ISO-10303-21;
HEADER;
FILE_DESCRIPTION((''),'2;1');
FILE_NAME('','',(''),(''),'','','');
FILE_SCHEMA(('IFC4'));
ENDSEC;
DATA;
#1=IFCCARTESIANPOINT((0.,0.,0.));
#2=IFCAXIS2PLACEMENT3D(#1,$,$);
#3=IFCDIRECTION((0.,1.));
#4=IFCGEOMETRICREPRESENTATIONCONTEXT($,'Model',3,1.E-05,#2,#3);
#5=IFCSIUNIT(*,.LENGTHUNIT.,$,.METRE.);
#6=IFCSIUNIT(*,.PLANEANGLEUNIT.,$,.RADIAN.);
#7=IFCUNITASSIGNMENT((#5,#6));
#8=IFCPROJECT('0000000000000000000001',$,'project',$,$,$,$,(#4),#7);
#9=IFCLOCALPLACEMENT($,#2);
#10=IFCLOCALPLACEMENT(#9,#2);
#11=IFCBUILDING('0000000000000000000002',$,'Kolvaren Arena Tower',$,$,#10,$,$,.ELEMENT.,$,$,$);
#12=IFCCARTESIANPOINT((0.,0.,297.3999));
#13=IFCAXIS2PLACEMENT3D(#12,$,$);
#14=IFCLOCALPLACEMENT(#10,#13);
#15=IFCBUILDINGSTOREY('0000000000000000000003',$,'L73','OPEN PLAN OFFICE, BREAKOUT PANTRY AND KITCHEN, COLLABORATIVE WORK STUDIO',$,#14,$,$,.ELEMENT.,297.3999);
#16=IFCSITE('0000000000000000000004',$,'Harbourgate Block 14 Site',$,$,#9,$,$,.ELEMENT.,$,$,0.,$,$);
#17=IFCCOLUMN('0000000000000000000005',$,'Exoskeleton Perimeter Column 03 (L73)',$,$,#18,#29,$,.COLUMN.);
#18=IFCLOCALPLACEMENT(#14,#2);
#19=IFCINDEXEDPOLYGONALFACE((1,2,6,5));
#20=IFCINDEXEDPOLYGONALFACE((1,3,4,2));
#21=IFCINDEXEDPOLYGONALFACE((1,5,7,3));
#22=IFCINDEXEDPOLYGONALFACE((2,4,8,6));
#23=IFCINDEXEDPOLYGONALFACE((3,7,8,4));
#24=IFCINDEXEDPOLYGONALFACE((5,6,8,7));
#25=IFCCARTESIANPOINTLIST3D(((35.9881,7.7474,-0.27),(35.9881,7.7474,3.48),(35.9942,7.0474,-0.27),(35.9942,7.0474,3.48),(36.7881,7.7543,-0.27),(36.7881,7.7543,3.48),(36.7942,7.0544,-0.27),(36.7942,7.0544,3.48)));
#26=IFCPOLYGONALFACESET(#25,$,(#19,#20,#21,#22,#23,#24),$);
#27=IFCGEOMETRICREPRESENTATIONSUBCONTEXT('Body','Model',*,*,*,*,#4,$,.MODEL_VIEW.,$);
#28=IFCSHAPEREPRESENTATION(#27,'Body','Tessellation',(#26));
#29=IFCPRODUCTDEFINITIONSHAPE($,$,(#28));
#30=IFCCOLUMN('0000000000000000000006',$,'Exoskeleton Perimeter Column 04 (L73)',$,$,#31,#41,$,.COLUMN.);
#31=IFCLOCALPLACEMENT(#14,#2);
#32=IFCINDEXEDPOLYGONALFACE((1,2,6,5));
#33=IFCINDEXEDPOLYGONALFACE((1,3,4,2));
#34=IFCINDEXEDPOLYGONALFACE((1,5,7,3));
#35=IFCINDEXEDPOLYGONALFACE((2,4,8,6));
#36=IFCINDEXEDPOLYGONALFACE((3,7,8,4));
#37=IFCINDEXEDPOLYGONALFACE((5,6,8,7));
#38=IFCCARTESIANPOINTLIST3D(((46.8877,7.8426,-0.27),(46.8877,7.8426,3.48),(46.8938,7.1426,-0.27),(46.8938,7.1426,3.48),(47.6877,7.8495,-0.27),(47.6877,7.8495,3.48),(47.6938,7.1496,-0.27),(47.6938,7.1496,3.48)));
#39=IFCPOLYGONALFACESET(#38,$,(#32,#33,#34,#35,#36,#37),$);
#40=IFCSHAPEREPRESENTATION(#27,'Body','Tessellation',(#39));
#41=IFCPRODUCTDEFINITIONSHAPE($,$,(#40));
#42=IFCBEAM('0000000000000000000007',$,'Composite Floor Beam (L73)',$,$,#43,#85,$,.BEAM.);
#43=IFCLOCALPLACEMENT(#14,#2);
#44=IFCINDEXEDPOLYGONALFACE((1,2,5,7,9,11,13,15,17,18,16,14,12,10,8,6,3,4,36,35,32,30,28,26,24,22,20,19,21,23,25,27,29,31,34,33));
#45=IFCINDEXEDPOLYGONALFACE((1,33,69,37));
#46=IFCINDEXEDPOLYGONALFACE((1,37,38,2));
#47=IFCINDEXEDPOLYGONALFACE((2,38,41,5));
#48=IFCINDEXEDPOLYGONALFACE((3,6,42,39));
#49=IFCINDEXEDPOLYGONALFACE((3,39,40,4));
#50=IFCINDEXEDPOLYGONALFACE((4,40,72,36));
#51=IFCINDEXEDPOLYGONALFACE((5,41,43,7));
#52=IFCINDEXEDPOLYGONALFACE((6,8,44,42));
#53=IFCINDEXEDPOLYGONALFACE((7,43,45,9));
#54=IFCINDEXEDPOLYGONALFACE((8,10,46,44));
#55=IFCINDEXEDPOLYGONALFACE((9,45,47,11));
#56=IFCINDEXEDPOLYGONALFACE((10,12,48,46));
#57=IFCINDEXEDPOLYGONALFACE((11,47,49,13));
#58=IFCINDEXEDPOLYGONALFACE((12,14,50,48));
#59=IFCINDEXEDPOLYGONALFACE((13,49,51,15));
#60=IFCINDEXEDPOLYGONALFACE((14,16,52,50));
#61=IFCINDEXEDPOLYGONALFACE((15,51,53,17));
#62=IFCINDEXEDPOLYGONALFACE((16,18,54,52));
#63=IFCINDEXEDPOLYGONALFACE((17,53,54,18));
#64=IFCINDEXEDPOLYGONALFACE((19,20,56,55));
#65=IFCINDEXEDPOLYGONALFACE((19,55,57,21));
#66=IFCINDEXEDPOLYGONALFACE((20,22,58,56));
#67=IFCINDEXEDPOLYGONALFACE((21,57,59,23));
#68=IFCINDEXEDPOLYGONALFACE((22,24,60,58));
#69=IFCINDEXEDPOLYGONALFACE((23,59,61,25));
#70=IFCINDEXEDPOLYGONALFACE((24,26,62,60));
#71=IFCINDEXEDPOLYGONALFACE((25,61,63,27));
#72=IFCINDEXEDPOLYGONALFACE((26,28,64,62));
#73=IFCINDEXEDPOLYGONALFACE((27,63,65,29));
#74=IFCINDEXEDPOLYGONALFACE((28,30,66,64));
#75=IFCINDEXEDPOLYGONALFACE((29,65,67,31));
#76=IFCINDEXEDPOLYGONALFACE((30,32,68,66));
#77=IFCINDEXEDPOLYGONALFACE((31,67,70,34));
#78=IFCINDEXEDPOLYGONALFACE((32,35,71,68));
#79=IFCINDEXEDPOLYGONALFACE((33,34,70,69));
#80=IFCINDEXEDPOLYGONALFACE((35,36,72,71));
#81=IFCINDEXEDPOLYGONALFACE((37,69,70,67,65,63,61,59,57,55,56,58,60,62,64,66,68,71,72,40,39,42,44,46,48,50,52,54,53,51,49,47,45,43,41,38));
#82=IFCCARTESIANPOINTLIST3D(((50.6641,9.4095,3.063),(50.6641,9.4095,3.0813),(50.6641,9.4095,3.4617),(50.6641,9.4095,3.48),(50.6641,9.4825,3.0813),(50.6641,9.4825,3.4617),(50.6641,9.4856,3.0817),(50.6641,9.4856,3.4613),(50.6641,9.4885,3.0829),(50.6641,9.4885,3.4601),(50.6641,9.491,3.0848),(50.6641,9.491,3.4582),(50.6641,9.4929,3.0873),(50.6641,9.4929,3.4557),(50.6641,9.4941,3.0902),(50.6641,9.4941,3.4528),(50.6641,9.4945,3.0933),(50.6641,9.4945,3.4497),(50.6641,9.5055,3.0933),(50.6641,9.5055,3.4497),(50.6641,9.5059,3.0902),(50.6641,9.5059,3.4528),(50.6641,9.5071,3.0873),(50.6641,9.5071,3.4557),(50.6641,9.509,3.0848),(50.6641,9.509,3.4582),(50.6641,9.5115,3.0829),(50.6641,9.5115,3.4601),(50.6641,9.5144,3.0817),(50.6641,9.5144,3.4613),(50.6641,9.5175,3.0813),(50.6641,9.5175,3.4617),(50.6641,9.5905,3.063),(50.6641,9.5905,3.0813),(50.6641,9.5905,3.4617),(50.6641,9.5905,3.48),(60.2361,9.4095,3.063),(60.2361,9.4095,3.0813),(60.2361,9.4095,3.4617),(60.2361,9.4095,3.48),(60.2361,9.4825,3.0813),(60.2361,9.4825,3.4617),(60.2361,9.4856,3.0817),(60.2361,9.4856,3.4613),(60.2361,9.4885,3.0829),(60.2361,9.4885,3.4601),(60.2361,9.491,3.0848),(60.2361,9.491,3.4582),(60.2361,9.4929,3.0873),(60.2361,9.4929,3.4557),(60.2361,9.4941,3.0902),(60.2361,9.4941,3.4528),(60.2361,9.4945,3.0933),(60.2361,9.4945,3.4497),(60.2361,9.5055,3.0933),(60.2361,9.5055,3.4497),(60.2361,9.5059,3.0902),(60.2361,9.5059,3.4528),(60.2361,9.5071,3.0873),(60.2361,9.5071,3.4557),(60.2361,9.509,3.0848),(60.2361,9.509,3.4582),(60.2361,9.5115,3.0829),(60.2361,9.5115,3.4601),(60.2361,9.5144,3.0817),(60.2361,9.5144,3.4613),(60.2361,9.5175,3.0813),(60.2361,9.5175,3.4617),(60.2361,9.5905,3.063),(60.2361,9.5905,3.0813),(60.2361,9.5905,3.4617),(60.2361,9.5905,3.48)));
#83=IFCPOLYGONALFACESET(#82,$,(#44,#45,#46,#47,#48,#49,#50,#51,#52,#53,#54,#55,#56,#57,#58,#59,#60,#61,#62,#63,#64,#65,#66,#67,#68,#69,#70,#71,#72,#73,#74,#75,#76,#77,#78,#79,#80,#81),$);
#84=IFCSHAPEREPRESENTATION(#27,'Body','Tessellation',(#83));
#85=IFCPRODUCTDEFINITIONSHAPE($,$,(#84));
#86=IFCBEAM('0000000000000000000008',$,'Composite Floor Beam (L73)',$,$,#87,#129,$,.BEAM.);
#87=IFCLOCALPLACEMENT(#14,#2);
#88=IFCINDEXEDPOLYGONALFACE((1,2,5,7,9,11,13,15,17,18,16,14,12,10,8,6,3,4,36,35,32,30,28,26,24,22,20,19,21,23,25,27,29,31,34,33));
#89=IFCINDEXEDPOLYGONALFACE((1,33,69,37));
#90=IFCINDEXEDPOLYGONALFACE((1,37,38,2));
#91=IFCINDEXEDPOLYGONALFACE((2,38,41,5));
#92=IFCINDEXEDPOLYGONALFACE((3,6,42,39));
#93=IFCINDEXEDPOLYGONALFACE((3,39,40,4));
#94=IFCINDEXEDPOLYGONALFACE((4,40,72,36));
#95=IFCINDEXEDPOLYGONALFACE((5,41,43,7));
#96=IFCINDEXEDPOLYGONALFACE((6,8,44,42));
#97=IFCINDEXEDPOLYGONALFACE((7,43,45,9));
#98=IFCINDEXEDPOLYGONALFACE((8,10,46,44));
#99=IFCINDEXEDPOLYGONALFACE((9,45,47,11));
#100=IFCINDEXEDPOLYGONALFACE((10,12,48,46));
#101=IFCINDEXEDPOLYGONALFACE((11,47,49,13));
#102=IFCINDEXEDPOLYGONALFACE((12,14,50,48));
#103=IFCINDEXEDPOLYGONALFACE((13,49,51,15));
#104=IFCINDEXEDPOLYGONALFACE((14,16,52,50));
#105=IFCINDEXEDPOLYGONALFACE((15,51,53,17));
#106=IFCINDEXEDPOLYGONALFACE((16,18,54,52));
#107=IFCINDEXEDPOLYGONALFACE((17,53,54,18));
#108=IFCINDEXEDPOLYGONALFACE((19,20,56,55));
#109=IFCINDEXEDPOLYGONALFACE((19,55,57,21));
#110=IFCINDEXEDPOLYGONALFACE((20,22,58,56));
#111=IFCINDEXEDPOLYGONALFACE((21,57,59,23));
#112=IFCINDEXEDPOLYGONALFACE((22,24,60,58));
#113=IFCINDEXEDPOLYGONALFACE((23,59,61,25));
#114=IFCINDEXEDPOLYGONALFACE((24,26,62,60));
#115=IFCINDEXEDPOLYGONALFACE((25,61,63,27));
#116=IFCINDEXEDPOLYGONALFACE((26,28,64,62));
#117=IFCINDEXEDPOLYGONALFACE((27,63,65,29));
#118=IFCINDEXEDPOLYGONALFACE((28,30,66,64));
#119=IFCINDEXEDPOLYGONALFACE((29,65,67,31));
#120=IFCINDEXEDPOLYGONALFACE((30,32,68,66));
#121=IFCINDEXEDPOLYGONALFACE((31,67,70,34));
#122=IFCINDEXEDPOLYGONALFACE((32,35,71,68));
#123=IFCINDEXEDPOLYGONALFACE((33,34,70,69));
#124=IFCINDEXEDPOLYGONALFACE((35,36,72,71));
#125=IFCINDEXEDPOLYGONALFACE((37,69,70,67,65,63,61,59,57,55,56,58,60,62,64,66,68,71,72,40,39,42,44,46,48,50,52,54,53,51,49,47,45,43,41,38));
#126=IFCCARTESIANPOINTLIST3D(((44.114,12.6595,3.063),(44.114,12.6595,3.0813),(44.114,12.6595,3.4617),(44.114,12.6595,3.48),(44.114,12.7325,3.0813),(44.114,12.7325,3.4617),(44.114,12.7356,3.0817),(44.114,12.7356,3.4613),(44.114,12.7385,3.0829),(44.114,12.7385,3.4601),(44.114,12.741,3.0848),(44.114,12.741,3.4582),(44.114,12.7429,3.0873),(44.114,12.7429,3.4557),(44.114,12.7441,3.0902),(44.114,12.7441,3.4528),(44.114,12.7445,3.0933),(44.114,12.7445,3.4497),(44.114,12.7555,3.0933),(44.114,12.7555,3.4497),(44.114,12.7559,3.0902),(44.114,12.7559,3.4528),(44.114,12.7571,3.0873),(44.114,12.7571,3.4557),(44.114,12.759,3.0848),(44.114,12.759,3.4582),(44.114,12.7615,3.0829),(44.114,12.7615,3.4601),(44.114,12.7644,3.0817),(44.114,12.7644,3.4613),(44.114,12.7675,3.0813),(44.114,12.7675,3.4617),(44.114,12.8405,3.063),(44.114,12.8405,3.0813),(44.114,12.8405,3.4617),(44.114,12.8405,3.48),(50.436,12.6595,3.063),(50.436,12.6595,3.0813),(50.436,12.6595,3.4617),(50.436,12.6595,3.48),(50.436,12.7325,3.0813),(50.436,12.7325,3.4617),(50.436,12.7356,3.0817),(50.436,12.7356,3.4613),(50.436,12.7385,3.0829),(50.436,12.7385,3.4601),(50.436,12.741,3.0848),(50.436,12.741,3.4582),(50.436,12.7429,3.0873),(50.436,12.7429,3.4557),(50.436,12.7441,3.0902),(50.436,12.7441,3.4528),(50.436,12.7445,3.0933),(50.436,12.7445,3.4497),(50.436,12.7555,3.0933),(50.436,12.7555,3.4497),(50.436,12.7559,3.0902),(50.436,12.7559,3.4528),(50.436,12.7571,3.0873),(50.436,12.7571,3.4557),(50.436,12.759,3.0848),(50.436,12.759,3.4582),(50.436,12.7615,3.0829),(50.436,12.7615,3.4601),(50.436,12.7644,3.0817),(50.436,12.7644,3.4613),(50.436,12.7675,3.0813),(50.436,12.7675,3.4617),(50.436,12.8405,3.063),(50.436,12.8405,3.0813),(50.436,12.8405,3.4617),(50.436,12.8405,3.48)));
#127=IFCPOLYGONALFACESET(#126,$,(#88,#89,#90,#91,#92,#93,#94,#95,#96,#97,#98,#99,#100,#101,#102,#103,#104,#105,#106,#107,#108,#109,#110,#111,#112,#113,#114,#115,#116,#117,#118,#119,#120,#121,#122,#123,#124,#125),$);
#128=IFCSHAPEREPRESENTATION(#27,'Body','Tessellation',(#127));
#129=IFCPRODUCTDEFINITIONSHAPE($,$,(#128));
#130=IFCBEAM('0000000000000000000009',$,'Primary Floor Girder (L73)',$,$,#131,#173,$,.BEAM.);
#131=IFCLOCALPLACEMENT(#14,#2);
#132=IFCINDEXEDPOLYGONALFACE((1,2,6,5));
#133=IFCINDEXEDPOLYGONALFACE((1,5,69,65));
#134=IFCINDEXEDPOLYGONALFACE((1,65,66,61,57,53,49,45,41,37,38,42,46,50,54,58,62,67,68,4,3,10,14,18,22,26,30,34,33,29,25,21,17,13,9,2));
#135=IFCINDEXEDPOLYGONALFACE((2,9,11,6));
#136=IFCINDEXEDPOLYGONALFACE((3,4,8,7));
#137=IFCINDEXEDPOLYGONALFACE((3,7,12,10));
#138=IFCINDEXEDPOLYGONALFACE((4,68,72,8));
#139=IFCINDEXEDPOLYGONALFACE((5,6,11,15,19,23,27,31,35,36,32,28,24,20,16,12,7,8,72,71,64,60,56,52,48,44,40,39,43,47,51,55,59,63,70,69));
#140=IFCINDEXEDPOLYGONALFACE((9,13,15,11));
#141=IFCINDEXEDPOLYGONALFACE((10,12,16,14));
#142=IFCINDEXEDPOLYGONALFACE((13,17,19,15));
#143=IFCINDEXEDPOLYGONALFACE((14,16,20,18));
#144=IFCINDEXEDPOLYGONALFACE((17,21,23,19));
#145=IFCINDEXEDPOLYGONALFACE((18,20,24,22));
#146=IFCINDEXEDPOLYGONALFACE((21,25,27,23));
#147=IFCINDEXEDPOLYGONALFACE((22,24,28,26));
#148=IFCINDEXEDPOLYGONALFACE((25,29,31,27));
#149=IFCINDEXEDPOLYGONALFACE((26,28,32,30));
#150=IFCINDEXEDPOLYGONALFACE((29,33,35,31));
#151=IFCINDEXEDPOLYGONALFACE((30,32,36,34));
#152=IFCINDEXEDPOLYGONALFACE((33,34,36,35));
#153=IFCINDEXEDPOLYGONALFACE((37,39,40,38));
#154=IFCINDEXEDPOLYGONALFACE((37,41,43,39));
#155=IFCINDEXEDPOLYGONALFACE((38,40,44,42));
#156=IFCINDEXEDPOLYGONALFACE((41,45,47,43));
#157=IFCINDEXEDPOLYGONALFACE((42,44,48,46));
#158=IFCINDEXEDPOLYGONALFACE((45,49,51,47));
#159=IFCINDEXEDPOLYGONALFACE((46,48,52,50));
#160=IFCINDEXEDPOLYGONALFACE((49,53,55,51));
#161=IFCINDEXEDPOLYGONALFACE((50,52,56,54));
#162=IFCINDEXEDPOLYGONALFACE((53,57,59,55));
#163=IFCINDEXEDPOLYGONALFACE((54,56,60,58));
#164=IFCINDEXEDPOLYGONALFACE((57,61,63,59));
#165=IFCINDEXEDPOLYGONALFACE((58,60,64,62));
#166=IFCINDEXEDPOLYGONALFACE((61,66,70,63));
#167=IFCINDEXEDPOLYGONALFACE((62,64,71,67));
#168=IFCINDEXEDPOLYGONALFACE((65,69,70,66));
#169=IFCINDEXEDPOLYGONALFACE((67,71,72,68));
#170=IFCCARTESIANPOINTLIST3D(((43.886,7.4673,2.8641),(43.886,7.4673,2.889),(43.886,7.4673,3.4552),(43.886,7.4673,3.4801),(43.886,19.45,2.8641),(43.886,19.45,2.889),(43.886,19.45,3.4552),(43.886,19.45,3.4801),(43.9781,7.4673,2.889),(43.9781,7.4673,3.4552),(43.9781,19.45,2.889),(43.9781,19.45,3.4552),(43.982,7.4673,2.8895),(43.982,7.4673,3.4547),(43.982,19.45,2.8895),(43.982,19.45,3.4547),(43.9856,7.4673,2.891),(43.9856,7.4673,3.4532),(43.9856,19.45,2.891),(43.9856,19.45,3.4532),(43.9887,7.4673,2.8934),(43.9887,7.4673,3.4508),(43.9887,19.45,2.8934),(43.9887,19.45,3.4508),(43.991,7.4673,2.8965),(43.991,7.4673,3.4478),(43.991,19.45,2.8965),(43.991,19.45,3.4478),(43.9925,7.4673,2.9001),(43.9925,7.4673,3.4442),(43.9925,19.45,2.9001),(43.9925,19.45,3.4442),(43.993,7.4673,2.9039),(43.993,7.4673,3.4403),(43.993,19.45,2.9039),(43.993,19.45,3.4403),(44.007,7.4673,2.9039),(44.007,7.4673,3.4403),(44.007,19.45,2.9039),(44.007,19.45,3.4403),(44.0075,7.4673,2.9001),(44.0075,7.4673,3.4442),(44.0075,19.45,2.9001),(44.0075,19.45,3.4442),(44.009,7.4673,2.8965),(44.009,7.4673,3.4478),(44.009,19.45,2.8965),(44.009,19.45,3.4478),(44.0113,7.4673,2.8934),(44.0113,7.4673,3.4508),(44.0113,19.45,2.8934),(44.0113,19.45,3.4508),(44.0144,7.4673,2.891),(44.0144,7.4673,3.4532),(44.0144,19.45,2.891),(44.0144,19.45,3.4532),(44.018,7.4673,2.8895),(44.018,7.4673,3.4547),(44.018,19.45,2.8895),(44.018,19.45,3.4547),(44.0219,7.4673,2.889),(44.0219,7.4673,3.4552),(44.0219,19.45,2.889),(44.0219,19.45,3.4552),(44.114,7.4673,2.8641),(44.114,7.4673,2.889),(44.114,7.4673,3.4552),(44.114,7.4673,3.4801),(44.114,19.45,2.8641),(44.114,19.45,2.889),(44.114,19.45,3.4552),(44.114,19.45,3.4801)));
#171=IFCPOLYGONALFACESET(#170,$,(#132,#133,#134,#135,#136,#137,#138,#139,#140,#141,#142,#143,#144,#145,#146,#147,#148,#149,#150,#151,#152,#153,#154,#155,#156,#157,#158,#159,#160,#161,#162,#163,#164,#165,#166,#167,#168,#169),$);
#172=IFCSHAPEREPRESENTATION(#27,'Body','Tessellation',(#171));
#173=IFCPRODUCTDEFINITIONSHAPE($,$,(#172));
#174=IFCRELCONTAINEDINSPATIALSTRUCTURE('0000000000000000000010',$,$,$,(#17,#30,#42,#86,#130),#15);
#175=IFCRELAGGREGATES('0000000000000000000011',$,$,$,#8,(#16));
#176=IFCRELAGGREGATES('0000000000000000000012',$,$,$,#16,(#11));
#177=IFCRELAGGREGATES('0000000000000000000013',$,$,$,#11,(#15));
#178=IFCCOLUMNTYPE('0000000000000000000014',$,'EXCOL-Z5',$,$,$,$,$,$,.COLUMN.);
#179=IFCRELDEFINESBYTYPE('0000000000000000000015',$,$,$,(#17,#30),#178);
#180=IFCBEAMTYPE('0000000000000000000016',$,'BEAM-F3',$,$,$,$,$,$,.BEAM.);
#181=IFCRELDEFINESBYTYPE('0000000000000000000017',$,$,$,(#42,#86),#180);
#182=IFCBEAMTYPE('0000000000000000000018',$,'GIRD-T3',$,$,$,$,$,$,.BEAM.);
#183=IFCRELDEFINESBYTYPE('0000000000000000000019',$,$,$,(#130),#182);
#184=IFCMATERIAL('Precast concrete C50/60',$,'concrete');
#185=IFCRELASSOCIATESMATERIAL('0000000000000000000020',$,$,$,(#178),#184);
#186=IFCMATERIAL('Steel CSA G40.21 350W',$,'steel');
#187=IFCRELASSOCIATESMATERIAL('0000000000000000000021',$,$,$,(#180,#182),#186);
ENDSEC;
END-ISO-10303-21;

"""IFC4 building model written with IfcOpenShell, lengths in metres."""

from ifc_helpers import new_model, si_unit, direction, frame, origin, origin_2d, place, context, subcontext, project, spatial, rectangle, i_section, extrude, material, material_profile, profile_set, type_object, element, save


model = new_model("IFC4")

# Units and contexts
model_context = context("Model", 3, precision=1e-05, world=origin(), true_north=direction((0.0, 1.0)))
body_context = subcontext(model_context, "Body", "Model", "MODEL_VIEW")
ifc_project = project(units=[si_unit("LENGTHUNIT", "METRE"), si_unit("PLANEANGLEUNIT", "RADIAN")], contexts=[model_context])

# Site, building, storey
site_placement = place(None, origin())
site = spatial("IfcSite", under=ifc_project, at=site_placement, Name="Harbourgate Block 14 Site", CompositionType="ELEMENT", RefElevation=0.0)
building_placement = place(site_placement, origin())
building = spatial("IfcBuilding", under=site, at=building_placement, Name="Kolvaren Arena Tower", CompositionType="ELEMENT")
storey_placement = place(building_placement, frame((0.0, 0.0, 297.3999)))
storey = spatial("IfcBuildingStorey", under=building, at=storey_placement, Name="L73", Description="OPEN PLAN OFFICE, BREAKOUT PANTRY AND KITCHEN, COLLABORATIVE WORK STUDIO", CompositionType="ELEMENT", Elevation=297.3999)

# Columns
ifc_material_1 = material(Name="Precast concrete C50/60", Category="concrete")
ifc_material_profile_1 = material_profile(ifc_material_1, rectangle(XDim=0.8, YDim=0.7, at=origin_2d()), Name="RC-800x700")
ifc_profile_set_1 = profile_set([ifc_material_profile_1], Name="Precast concrete C50/60")
column_type = type_object("IfcColumnType", Name="EXCOL-Z5", PredefinedType="COLUMN", material=ifc_profile_set_1)
for number, where, z_axis, x_axis, name in (
    (1, (36.3911, 7.4009, -0.27), (0.0, 0.0, 1.0), (0.999962, 0.008727, 0.0), "Exoskeleton Perimeter Column 03 (L73)"),
    (2, (47.2908, 7.4961, -0.27), (0.0, 0.0, 1.0), (0.999962, 0.008727, 0.0), "Exoskeleton Perimeter Column 04 (L73)"),
):
    element("IfcColumn", number, at=place(storey_placement, frame(where, z_axis=z_axis, x_axis=x_axis)), inside=storey, type_object=column_type, Name=name, PredefinedType="COLUMN", context=body_context, shape_type="SweptSolid", body=[
        extrude(rectangle(XDim=0.8, YDim=0.7, at=origin_2d()), origin(), (0.0, 0.0, 1.0), 3.75),
    ])

# Beams
ifc_material_2 = material(Name="Steel CSA G40.21 350W", Category="steel")
ifc_material_profile_2 = material_profile(ifc_material_2, i_section(OverallWidth=0.1809, OverallDepth=0.417, WebThickness=0.011, FlangeThickness=0.0183, FilletRadius=0.012, at=origin_2d()), Name="W410x85")
ifc_profile_set_2 = profile_set([ifc_material_profile_2], Name="Steel CSA G40.21 350W")
beam_type_1 = type_object("IfcBeamType", Name="BEAM-F3", PredefinedType="BEAM", material=ifc_profile_set_2)
beam_1_placement = place(storey_placement, frame((50.6641, 9.5, 3.2715), z_axis=(1.0, 0.0, 0.0), x_axis=(0.0, 1.0, 0.0)))
element("IfcBeam", 3, at=beam_1_placement, inside=storey, type_object=beam_type_1, Name="Composite Floor Beam (L73)", PredefinedType="BEAM", context=body_context, shape_type="SweptSolid", body=[
    extrude(i_section(OverallWidth=0.1809, OverallDepth=0.417, WebThickness=0.011, FlangeThickness=0.0183, FilletRadius=0.012, at=origin_2d()), origin(), (0.0, 0.0, 1.0), 9.572),
])
beam_2_placement = place(storey_placement, frame((44.114, 12.75, 3.2715), z_axis=(1.0, 0.0, 0.0), x_axis=(0.0, 1.0, 0.0)))
element("IfcBeam", 4, at=beam_2_placement, inside=storey, type_object=beam_type_1, Name="Composite Floor Beam (L73)", PredefinedType="BEAM", context=body_context, shape_type="SweptSolid", body=[
    extrude(i_section(OverallWidth=0.1809, OverallDepth=0.417, WebThickness=0.011, FlangeThickness=0.0183, FilletRadius=0.012, at=origin_2d()), origin(), (0.0, 0.0, 1.0), 6.322),
])
ifc_material_profile_3 = material_profile(ifc_material_2, i_section(OverallWidth=0.228, OverallDepth=0.616, WebThickness=0.0139, FlangeThickness=0.0249, FilletRadius=0.0149, at=origin_2d()), Name="W610x174")
ifc_profile_set_3 = profile_set([ifc_material_profile_3], Name="Steel CSA G40.21 350W")
beam_type_2 = type_object("IfcBeamType", Name="GIRD-T3", PredefinedType="BEAM", material=ifc_profile_set_3)
beam_3_placement = place(storey_placement, frame((44.0, 7.4673, 3.1721), z_axis=(0.0, 1.0, 0.0), x_axis=(-1.0, 0.0, 0.0)))
element("IfcBeam", 5, at=beam_3_placement, inside=storey, type_object=beam_type_2, Name="Primary Floor Girder (L73)", PredefinedType="BEAM", context=body_context, shape_type="SweptSolid", body=[
    extrude(i_section(OverallWidth=0.228, OverallDepth=0.616, WebThickness=0.0139, FlangeThickness=0.0249, FilletRadius=0.0149, at=origin_2d()), origin(), (0.0, 0.0, 1.0), 11.9827),
])

save(model, "model.ifc")
